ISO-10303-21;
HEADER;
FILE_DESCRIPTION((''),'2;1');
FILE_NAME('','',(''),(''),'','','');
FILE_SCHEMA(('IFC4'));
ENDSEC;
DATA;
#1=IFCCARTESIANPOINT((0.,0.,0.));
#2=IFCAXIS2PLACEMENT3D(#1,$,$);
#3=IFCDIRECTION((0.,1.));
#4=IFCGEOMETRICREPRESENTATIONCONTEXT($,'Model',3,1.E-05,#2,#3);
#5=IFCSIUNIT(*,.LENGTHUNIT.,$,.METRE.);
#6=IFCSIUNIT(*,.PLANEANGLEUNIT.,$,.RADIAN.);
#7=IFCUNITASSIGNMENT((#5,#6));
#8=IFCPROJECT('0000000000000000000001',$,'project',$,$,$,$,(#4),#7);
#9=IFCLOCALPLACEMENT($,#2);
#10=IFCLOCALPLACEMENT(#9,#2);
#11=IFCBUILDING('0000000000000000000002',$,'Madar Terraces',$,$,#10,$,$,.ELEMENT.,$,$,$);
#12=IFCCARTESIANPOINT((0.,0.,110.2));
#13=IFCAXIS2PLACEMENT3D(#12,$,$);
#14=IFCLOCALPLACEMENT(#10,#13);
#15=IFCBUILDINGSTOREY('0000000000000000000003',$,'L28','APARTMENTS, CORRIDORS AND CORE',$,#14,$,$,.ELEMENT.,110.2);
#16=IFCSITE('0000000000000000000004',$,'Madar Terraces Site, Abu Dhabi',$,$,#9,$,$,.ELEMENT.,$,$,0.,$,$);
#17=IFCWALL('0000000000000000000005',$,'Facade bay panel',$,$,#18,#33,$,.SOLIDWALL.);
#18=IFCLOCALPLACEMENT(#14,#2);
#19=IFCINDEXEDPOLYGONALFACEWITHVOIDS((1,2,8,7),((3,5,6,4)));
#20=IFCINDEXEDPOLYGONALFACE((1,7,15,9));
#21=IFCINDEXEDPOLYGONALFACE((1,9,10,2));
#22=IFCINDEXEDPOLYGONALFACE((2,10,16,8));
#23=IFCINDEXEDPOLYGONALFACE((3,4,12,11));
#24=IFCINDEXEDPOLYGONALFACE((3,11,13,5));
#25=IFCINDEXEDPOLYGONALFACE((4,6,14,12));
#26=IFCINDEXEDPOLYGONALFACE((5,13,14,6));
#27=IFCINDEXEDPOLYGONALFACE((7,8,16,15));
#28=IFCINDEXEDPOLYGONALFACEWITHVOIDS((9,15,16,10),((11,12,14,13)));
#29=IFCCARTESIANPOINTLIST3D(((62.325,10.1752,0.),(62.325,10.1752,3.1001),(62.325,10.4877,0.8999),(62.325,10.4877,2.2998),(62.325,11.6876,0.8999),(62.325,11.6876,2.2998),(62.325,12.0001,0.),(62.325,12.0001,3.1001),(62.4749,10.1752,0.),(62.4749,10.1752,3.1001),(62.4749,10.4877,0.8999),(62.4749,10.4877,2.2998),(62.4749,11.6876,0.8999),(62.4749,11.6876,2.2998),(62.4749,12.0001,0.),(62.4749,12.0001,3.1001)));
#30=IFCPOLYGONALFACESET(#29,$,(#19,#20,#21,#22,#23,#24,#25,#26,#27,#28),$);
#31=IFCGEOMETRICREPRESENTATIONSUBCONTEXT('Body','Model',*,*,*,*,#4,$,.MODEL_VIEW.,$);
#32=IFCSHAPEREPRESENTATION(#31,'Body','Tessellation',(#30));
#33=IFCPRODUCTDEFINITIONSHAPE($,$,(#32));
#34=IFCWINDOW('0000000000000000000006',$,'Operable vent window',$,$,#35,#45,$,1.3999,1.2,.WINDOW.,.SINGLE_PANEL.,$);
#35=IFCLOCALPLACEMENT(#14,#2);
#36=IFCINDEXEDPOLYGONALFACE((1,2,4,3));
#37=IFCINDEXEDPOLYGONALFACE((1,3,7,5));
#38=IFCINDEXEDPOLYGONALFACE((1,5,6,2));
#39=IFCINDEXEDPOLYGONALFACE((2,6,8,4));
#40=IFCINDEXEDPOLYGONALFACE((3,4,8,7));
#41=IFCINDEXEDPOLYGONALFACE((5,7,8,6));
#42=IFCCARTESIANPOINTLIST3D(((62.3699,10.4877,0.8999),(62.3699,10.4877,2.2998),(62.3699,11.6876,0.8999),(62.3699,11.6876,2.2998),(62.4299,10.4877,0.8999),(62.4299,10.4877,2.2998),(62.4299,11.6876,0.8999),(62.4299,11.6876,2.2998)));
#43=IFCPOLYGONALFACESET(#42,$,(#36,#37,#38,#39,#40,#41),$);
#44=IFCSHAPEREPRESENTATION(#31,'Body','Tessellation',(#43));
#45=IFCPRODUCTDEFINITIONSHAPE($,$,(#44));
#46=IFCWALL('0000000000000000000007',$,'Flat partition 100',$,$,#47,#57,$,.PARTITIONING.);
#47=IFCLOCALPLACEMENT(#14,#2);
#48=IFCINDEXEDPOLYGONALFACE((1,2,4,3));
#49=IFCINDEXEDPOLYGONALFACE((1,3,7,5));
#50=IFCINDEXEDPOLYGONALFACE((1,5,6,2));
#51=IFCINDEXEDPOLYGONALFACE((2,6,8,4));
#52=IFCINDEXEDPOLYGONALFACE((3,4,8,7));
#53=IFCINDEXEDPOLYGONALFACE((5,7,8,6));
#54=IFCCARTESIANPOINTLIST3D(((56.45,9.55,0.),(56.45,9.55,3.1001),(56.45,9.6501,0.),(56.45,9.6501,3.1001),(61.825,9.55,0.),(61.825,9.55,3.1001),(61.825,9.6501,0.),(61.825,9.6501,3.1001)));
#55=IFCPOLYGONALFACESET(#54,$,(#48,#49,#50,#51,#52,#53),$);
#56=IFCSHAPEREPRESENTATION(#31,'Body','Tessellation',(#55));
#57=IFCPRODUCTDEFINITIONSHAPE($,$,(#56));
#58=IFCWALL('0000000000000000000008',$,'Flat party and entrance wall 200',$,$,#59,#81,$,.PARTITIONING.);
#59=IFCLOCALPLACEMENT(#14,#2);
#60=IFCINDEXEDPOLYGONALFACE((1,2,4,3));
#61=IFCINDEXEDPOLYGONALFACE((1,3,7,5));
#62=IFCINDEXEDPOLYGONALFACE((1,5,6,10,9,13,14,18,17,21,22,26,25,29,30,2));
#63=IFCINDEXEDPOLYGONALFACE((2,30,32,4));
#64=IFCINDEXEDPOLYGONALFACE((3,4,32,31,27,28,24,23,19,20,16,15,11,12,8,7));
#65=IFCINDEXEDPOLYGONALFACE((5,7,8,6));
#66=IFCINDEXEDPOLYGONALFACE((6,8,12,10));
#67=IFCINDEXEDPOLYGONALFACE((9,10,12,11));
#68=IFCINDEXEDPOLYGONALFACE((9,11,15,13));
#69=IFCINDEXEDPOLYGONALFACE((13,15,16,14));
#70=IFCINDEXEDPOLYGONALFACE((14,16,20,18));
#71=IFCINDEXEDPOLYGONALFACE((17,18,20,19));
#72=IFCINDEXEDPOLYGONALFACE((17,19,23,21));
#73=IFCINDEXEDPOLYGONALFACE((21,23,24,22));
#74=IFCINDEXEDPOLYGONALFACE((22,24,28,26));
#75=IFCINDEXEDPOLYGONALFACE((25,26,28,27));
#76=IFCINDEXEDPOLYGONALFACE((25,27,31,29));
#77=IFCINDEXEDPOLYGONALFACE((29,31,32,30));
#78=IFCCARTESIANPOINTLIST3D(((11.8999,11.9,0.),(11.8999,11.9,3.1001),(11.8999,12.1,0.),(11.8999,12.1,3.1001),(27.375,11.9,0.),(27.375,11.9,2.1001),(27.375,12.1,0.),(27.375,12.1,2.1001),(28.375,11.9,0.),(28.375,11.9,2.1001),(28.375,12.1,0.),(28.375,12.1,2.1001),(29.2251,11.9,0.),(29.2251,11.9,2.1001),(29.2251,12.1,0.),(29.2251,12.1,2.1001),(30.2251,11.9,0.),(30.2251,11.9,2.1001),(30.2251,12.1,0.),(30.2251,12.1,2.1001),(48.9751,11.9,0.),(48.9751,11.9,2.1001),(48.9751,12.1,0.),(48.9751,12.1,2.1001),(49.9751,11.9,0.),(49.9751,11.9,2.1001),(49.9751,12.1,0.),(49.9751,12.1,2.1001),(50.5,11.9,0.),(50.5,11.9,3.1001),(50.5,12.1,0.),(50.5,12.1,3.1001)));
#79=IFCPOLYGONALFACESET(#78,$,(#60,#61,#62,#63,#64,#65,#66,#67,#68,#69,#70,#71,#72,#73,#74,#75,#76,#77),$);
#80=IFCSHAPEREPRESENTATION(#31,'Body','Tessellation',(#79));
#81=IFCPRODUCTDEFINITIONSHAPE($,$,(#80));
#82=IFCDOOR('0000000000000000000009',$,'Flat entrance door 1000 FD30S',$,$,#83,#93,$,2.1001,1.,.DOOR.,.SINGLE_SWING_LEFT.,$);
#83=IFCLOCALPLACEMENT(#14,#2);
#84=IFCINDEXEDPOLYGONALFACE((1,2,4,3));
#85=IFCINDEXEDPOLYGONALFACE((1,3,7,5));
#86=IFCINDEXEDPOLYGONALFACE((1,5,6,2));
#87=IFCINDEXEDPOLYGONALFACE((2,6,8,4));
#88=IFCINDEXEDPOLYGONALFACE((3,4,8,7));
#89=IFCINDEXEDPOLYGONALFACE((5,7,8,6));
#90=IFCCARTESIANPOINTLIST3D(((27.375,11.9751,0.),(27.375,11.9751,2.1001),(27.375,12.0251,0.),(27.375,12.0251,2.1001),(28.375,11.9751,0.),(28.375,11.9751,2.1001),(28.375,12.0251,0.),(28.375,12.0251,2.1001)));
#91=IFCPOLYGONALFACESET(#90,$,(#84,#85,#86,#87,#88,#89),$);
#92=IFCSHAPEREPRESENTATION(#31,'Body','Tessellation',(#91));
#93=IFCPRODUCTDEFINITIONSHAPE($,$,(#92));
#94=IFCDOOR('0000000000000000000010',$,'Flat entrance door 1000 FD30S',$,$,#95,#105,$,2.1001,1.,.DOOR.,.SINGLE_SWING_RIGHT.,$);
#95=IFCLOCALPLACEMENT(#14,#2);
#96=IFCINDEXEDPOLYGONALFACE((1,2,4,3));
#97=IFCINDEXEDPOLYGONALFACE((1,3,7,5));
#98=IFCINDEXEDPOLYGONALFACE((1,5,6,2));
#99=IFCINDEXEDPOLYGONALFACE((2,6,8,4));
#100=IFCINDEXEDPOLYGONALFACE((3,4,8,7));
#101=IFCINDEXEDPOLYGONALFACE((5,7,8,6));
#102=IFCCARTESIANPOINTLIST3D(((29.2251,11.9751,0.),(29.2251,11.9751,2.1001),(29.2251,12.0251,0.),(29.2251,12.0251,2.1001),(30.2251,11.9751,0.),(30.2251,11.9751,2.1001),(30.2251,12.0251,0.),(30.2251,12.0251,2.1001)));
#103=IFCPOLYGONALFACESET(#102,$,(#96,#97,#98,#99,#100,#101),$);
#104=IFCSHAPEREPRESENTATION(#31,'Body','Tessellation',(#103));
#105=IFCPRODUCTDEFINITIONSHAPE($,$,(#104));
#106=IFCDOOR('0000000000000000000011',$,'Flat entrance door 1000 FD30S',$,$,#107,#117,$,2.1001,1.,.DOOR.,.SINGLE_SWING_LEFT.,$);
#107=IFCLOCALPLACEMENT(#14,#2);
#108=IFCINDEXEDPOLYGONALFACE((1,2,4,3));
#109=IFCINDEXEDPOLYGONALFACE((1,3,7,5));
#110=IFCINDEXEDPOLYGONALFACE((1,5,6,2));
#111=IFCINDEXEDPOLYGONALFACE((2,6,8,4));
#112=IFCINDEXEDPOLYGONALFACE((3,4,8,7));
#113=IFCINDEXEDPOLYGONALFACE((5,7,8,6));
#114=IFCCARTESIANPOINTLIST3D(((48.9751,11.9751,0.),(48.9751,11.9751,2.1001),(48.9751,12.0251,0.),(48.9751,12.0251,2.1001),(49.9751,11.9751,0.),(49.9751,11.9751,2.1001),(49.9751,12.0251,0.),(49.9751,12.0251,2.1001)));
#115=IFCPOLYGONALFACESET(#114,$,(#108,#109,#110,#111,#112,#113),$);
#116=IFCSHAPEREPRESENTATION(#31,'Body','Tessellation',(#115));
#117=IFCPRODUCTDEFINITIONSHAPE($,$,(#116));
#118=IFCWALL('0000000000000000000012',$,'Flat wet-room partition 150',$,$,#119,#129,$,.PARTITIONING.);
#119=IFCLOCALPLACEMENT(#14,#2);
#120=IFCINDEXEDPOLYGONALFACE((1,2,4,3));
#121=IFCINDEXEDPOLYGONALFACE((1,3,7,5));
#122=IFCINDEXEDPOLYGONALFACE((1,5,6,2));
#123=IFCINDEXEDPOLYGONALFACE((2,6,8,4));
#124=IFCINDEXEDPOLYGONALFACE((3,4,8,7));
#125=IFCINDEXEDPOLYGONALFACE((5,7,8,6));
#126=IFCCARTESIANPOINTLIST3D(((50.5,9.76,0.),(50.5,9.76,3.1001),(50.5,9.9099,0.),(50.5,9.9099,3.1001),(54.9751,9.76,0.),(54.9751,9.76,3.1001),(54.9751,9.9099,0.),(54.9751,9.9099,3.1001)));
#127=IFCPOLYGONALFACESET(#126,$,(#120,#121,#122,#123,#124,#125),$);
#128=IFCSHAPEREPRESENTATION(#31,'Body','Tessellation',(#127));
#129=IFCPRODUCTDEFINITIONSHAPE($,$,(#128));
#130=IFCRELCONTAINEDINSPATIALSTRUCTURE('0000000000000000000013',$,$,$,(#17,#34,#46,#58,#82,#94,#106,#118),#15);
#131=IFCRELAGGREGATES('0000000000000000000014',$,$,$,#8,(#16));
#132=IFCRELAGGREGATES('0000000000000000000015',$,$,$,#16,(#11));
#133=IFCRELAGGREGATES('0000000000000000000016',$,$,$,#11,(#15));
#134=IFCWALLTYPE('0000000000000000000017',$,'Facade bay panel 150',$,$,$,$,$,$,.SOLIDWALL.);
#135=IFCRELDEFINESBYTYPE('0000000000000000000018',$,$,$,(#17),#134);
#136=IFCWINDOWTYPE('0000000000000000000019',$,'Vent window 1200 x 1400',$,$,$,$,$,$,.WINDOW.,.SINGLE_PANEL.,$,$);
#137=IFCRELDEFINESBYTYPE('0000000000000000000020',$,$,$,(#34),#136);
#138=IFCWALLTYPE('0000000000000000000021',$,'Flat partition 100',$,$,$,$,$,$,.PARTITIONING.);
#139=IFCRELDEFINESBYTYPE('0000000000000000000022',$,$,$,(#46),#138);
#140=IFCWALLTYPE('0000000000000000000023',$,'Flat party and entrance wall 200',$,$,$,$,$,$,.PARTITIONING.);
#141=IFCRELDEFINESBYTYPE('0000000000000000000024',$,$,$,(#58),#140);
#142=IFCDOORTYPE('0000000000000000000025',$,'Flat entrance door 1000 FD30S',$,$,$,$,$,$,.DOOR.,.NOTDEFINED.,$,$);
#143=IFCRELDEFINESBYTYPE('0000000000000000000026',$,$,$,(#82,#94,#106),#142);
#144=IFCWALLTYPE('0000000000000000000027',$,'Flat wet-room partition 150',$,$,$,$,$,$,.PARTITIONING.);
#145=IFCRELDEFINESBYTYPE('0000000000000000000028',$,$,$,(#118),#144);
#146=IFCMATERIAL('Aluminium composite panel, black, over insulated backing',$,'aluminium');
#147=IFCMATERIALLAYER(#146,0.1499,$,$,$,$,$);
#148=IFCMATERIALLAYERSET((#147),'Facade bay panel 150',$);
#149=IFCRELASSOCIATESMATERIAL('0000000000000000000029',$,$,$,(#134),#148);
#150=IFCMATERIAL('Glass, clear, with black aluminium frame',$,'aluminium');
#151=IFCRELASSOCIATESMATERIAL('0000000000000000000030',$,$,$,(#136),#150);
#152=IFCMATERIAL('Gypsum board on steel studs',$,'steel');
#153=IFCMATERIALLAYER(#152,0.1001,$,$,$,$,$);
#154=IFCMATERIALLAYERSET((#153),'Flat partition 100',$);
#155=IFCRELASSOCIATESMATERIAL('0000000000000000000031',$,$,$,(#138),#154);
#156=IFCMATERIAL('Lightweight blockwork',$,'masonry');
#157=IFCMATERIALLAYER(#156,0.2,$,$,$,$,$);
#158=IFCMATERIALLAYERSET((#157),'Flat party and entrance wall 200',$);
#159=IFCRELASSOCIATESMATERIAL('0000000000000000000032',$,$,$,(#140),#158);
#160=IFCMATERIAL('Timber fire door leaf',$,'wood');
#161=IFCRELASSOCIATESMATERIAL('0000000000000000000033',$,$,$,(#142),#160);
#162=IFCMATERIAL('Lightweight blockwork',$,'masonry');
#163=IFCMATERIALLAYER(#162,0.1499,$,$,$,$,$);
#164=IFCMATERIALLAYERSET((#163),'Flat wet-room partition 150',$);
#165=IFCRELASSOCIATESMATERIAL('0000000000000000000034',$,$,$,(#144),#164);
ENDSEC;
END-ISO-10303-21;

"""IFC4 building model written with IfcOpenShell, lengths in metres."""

from ifc_helpers import new_model, si_unit, direction, frame, frame_2d, origin, place, context, subcontext, project, spatial, rectangle, extrude, material, layer, layer_set, type_object, element, fill, save


model = new_model("IFC4")

# Units and contexts
model_context = context("Model", 3, precision=1e-05, world=origin(), true_north=direction((0.0, 1.0)))
body_context = subcontext(model_context, "Body", "Model", "MODEL_VIEW")
ifc_project = project(units=[si_unit("LENGTHUNIT", "METRE"), si_unit("PLANEANGLEUNIT", "RADIAN")], contexts=[model_context])

# Site, building, storey
site_placement = place(None, origin())
site = spatial("IfcSite", under=ifc_project, at=site_placement, Name="Madar Terraces Site, Abu Dhabi", CompositionType="ELEMENT", RefElevation=0.0)
building_placement = place(site_placement, origin())
building = spatial("IfcBuilding", under=site, at=building_placement, Name="Madar Terraces", CompositionType="ELEMENT")
storey_placement = place(building_placement, frame((0.0, 0.0, 110.2)))
storey = spatial("IfcBuildingStorey", under=building, at=storey_placement, Name="L28", Description="APARTMENTS, CORRIDORS AND CORE", CompositionType="ELEMENT", Elevation=110.2)

# Wall, opening, window
ifc_material_1 = material(Name="Aluminium composite panel, black, over insulated backing", Category="aluminium")
ifc_layer_1 = layer(ifc_material_1, 0.1499)
ifc_layer_set_1 = layer_set([ifc_layer_1], Name="Facade bay panel 150")
wall_type_1 = type_object("IfcWallType", Name="Facade bay panel 150", PredefinedType="SOLIDWALL", material=ifc_layer_set_1)
wall_1_placement = place(storey_placement, frame((62.3999, 10.175, 0.0), z_axis=(0.0, 0.0, 1.0), x_axis=(0.0, 1.0, 0.0)))
wall_1 = element("IfcWall", 1, at=wall_1_placement, inside=storey, type_object=wall_type_1, Name="Facade bay panel", PredefinedType="SOLIDWALL", context=body_context, shape_type="SweptSolid", body=[
    extrude(rectangle(XDim=1.825, YDim=0.1499, at=frame_2d((0.9126, 0.0))), origin(), (0.0, 0.0, 1.0), 3.1001),
])
opening_1_placement = place(wall_1_placement, frame((0.3125, 0.0, 0.8999)))
opening_1 = element("IfcOpeningElement", 2, at=opening_1_placement, cuts=wall_1, PredefinedType="OPENING", context=body_context, shape_type="SweptSolid", body=[
    extrude(rectangle(XDim=1.2, YDim=1.3999, at=frame_2d((0.6001, 0.7))), frame((0.0, 0.085, 0.0), z_axis=(0.0, -1.0, 0.0), x_axis=(1.0, 0.0, 0.0)), (0.0, 0.0, 1.0), 0.1699),
])
ifc_material_2 = material(Name="Glass, clear, with black aluminium frame", Category="aluminium")
window_type = type_object("IfcWindowType", Name="Vent window 1200 x 1400", PartitioningType="SINGLE_PANEL", PredefinedType="WINDOW", material=ifc_material_2)
window_placement = place(opening_1_placement, origin())
window = element("IfcWindow", 3, at=window_placement, inside=storey, type_object=window_type, Name="Operable vent window", OverallHeight=1.3999, OverallWidth=1.2, PartitioningType="SINGLE_PANEL", PredefinedType="WINDOW", context=body_context, shape_type="SweptSolid", body=[
    extrude(rectangle(XDim=1.2, YDim=1.3999, at=frame_2d((0.6001, 0.7))), frame((0.0, 0.03, 0.0), z_axis=(0.0, -1.0, 0.0), x_axis=(1.0, 0.0, 0.0)), (0.0, 0.0, 1.0), 0.0601),
])
fill(opening_1, window)

# Wall
ifc_material_3 = material(Name="Gypsum board on steel studs", Category="steel")
ifc_layer_2 = layer(ifc_material_3, 0.1001)
ifc_layer_set_2 = layer_set([ifc_layer_2], Name="Flat partition 100")
wall_type_2 = type_object("IfcWallType", Name="Flat partition 100", PredefinedType="PARTITIONING", material=ifc_layer_set_2)
wall_2_placement = place(storey_placement, frame((56.45, 9.6001, 0.0), z_axis=(0.0, 0.0, 1.0), x_axis=(1.0, 0.0, 0.0)))
element("IfcWall", 4, at=wall_2_placement, inside=storey, type_object=wall_type_2, Name="Flat partition 100", PredefinedType="PARTITIONING", context=body_context, shape_type="SweptSolid", body=[
    extrude(rectangle(XDim=5.375, YDim=0.1001, at=frame_2d((2.6875, 0.0))), origin(), (0.0, 0.0, 1.0), 3.1001),
])

# Wall, openings, doors
ifc_material_4 = material(Name="Lightweight blockwork", Category="masonry")
ifc_layer_3 = layer(ifc_material_4, 0.2)
ifc_layer_set_3 = layer_set([ifc_layer_3], Name="Flat party and entrance wall 200")
wall_type_3 = type_object("IfcWallType", Name="Flat party and entrance wall 200", PredefinedType="PARTITIONING", material=ifc_layer_set_3)
wall_3_placement = place(storey_placement, frame((50.5, 12.0, 0.0), z_axis=(0.0, 0.0, 1.0), x_axis=(-1.0, 0.0, 0.0)))
wall_3 = element("IfcWall", 5, at=wall_3_placement, inside=storey, type_object=wall_type_3, Name="Flat party and entrance wall 200", PredefinedType="PARTITIONING", context=body_context, shape_type="SweptSolid", body=[
    extrude(rectangle(XDim=38.6001, YDim=0.2, at=frame_2d((19.3, 0.0))), origin(), (0.0, 0.0, 1.0), 3.1001),
])
opening_2_placement = place(wall_3_placement, frame((22.125, 0.0, 0.0)))
opening_2 = element("IfcOpeningElement", 6, at=opening_2_placement, cuts=wall_3, PredefinedType="OPENING", context=body_context, shape_type="SweptSolid", body=[
    extrude(rectangle(XDim=1.0, YDim=2.1001, at=frame_2d((0.5, 1.05))), frame((0.0, 0.1099, 0.0), z_axis=(0.0, -1.0, 0.0), x_axis=(1.0, 0.0, 0.0)), (0.0, 0.0, 1.0), 0.22),
])
opening_3_placement = place(wall_3_placement, frame((20.2749, 0.0, 0.0)))
opening_3 = element("IfcOpeningElement", 7, at=opening_3_placement, cuts=wall_3, PredefinedType="OPENING", context=body_context, shape_type="SweptSolid", body=[
    extrude(rectangle(XDim=1.0, YDim=2.1001, at=frame_2d((0.5, 1.05))), frame((0.0, 0.1099, 0.0), z_axis=(0.0, -1.0, 0.0), x_axis=(1.0, 0.0, 0.0)), (0.0, 0.0, 1.0), 0.22),
])
opening_4_placement = place(wall_3_placement, frame((0.5249, 0.0, 0.0)))
opening_4 = element("IfcOpeningElement", 8, at=opening_4_placement, cuts=wall_3, PredefinedType="OPENING", context=body_context, shape_type="SweptSolid", body=[
    extrude(rectangle(XDim=1.0, YDim=2.1001, at=frame_2d((0.5, 1.05))), frame((0.0, 0.1099, 0.0), z_axis=(0.0, -1.0, 0.0), x_axis=(1.0, 0.0, 0.0)), (0.0, 0.0, 1.0), 0.22),
])
ifc_material_5 = material(Name="Timber fire door leaf", Category="wood")
door_type_1 = type_object("IfcDoorType", Name="Flat entrance door 1000 FD30S", OperationType="NOTDEFINED", PredefinedType="DOOR", material=ifc_material_5)
door_1_placement = place(opening_2_placement, origin())
door_1 = element("IfcDoor", 9, at=door_1_placement, inside=storey, type_object=door_type_1, Name="Flat entrance door 1000 FD30S", OperationType="SINGLE_SWING_LEFT", OverallHeight=2.1001, OverallWidth=1.0, PredefinedType="DOOR", context=body_context, shape_type="SweptSolid", body=[
    extrude(rectangle(XDim=1.0, YDim=2.1001, at=frame_2d((0.5, 1.05))), frame((0.0, 0.0249, 0.0), z_axis=(0.0, -1.0, 0.0), x_axis=(1.0, 0.0, 0.0)), (0.0, 0.0, 1.0), 0.05),
])
fill(opening_2, door_1)
door_2_placement = place(opening_3_placement, origin())
door_2 = element("IfcDoor", 10, at=door_2_placement, inside=storey, type_object=door_type_1, Name="Flat entrance door 1000 FD30S", OperationType="SINGLE_SWING_RIGHT", OverallHeight=2.1001, OverallWidth=1.0, PredefinedType="DOOR", context=body_context, shape_type="SweptSolid", body=[
    extrude(rectangle(XDim=1.0, YDim=2.1001, at=frame_2d((0.5, 1.05))), frame((0.0, 0.0249, 0.0), z_axis=(0.0, -1.0, 0.0), x_axis=(1.0, 0.0, 0.0)), (0.0, 0.0, 1.0), 0.05),
])
fill(opening_3, door_2)
door_3_placement = place(opening_4_placement, origin())
door_3 = element("IfcDoor", 11, at=door_3_placement, inside=storey, type_object=door_type_1, Name="Flat entrance door 1000 FD30S", OperationType="SINGLE_SWING_LEFT", OverallHeight=2.1001, OverallWidth=1.0, PredefinedType="DOOR", context=body_context, shape_type="SweptSolid", body=[
    extrude(rectangle(XDim=1.0, YDim=2.1001, at=frame_2d((0.5, 1.05))), frame((0.0, 0.0249, 0.0), z_axis=(0.0, -1.0, 0.0), x_axis=(1.0, 0.0, 0.0)), (0.0, 0.0, 1.0), 0.05),
])
fill(opening_4, door_3)

# Wall
ifc_material_6 = material(Name="Lightweight blockwork", Category="masonry")
ifc_layer_4 = layer(ifc_material_6, 0.1499)
ifc_layer_set_4 = layer_set([ifc_layer_4], Name="Flat wet-room partition 150")
wall_type_4 = type_object("IfcWallType", Name="Flat wet-room partition 150", PredefinedType="PARTITIONING", material=ifc_layer_set_4)
wall_4_placement = place(storey_placement, frame((50.5, 9.835, 0.0), z_axis=(0.0, 0.0, 1.0), x_axis=(1.0, 0.0, 0.0)))
element("IfcWall", 12, at=wall_4_placement, inside=storey, type_object=wall_type_4, Name="Flat wet-room partition 150", PredefinedType="PARTITIONING", context=body_context, shape_type="SweptSolid", body=[
    extrude(rectangle(XDim=4.4751, YDim=0.1499, at=frame_2d((2.2375, 0.0))), origin(), (0.0, 0.0, 1.0), 3.1001),
])

save(model, "model.ifc")
